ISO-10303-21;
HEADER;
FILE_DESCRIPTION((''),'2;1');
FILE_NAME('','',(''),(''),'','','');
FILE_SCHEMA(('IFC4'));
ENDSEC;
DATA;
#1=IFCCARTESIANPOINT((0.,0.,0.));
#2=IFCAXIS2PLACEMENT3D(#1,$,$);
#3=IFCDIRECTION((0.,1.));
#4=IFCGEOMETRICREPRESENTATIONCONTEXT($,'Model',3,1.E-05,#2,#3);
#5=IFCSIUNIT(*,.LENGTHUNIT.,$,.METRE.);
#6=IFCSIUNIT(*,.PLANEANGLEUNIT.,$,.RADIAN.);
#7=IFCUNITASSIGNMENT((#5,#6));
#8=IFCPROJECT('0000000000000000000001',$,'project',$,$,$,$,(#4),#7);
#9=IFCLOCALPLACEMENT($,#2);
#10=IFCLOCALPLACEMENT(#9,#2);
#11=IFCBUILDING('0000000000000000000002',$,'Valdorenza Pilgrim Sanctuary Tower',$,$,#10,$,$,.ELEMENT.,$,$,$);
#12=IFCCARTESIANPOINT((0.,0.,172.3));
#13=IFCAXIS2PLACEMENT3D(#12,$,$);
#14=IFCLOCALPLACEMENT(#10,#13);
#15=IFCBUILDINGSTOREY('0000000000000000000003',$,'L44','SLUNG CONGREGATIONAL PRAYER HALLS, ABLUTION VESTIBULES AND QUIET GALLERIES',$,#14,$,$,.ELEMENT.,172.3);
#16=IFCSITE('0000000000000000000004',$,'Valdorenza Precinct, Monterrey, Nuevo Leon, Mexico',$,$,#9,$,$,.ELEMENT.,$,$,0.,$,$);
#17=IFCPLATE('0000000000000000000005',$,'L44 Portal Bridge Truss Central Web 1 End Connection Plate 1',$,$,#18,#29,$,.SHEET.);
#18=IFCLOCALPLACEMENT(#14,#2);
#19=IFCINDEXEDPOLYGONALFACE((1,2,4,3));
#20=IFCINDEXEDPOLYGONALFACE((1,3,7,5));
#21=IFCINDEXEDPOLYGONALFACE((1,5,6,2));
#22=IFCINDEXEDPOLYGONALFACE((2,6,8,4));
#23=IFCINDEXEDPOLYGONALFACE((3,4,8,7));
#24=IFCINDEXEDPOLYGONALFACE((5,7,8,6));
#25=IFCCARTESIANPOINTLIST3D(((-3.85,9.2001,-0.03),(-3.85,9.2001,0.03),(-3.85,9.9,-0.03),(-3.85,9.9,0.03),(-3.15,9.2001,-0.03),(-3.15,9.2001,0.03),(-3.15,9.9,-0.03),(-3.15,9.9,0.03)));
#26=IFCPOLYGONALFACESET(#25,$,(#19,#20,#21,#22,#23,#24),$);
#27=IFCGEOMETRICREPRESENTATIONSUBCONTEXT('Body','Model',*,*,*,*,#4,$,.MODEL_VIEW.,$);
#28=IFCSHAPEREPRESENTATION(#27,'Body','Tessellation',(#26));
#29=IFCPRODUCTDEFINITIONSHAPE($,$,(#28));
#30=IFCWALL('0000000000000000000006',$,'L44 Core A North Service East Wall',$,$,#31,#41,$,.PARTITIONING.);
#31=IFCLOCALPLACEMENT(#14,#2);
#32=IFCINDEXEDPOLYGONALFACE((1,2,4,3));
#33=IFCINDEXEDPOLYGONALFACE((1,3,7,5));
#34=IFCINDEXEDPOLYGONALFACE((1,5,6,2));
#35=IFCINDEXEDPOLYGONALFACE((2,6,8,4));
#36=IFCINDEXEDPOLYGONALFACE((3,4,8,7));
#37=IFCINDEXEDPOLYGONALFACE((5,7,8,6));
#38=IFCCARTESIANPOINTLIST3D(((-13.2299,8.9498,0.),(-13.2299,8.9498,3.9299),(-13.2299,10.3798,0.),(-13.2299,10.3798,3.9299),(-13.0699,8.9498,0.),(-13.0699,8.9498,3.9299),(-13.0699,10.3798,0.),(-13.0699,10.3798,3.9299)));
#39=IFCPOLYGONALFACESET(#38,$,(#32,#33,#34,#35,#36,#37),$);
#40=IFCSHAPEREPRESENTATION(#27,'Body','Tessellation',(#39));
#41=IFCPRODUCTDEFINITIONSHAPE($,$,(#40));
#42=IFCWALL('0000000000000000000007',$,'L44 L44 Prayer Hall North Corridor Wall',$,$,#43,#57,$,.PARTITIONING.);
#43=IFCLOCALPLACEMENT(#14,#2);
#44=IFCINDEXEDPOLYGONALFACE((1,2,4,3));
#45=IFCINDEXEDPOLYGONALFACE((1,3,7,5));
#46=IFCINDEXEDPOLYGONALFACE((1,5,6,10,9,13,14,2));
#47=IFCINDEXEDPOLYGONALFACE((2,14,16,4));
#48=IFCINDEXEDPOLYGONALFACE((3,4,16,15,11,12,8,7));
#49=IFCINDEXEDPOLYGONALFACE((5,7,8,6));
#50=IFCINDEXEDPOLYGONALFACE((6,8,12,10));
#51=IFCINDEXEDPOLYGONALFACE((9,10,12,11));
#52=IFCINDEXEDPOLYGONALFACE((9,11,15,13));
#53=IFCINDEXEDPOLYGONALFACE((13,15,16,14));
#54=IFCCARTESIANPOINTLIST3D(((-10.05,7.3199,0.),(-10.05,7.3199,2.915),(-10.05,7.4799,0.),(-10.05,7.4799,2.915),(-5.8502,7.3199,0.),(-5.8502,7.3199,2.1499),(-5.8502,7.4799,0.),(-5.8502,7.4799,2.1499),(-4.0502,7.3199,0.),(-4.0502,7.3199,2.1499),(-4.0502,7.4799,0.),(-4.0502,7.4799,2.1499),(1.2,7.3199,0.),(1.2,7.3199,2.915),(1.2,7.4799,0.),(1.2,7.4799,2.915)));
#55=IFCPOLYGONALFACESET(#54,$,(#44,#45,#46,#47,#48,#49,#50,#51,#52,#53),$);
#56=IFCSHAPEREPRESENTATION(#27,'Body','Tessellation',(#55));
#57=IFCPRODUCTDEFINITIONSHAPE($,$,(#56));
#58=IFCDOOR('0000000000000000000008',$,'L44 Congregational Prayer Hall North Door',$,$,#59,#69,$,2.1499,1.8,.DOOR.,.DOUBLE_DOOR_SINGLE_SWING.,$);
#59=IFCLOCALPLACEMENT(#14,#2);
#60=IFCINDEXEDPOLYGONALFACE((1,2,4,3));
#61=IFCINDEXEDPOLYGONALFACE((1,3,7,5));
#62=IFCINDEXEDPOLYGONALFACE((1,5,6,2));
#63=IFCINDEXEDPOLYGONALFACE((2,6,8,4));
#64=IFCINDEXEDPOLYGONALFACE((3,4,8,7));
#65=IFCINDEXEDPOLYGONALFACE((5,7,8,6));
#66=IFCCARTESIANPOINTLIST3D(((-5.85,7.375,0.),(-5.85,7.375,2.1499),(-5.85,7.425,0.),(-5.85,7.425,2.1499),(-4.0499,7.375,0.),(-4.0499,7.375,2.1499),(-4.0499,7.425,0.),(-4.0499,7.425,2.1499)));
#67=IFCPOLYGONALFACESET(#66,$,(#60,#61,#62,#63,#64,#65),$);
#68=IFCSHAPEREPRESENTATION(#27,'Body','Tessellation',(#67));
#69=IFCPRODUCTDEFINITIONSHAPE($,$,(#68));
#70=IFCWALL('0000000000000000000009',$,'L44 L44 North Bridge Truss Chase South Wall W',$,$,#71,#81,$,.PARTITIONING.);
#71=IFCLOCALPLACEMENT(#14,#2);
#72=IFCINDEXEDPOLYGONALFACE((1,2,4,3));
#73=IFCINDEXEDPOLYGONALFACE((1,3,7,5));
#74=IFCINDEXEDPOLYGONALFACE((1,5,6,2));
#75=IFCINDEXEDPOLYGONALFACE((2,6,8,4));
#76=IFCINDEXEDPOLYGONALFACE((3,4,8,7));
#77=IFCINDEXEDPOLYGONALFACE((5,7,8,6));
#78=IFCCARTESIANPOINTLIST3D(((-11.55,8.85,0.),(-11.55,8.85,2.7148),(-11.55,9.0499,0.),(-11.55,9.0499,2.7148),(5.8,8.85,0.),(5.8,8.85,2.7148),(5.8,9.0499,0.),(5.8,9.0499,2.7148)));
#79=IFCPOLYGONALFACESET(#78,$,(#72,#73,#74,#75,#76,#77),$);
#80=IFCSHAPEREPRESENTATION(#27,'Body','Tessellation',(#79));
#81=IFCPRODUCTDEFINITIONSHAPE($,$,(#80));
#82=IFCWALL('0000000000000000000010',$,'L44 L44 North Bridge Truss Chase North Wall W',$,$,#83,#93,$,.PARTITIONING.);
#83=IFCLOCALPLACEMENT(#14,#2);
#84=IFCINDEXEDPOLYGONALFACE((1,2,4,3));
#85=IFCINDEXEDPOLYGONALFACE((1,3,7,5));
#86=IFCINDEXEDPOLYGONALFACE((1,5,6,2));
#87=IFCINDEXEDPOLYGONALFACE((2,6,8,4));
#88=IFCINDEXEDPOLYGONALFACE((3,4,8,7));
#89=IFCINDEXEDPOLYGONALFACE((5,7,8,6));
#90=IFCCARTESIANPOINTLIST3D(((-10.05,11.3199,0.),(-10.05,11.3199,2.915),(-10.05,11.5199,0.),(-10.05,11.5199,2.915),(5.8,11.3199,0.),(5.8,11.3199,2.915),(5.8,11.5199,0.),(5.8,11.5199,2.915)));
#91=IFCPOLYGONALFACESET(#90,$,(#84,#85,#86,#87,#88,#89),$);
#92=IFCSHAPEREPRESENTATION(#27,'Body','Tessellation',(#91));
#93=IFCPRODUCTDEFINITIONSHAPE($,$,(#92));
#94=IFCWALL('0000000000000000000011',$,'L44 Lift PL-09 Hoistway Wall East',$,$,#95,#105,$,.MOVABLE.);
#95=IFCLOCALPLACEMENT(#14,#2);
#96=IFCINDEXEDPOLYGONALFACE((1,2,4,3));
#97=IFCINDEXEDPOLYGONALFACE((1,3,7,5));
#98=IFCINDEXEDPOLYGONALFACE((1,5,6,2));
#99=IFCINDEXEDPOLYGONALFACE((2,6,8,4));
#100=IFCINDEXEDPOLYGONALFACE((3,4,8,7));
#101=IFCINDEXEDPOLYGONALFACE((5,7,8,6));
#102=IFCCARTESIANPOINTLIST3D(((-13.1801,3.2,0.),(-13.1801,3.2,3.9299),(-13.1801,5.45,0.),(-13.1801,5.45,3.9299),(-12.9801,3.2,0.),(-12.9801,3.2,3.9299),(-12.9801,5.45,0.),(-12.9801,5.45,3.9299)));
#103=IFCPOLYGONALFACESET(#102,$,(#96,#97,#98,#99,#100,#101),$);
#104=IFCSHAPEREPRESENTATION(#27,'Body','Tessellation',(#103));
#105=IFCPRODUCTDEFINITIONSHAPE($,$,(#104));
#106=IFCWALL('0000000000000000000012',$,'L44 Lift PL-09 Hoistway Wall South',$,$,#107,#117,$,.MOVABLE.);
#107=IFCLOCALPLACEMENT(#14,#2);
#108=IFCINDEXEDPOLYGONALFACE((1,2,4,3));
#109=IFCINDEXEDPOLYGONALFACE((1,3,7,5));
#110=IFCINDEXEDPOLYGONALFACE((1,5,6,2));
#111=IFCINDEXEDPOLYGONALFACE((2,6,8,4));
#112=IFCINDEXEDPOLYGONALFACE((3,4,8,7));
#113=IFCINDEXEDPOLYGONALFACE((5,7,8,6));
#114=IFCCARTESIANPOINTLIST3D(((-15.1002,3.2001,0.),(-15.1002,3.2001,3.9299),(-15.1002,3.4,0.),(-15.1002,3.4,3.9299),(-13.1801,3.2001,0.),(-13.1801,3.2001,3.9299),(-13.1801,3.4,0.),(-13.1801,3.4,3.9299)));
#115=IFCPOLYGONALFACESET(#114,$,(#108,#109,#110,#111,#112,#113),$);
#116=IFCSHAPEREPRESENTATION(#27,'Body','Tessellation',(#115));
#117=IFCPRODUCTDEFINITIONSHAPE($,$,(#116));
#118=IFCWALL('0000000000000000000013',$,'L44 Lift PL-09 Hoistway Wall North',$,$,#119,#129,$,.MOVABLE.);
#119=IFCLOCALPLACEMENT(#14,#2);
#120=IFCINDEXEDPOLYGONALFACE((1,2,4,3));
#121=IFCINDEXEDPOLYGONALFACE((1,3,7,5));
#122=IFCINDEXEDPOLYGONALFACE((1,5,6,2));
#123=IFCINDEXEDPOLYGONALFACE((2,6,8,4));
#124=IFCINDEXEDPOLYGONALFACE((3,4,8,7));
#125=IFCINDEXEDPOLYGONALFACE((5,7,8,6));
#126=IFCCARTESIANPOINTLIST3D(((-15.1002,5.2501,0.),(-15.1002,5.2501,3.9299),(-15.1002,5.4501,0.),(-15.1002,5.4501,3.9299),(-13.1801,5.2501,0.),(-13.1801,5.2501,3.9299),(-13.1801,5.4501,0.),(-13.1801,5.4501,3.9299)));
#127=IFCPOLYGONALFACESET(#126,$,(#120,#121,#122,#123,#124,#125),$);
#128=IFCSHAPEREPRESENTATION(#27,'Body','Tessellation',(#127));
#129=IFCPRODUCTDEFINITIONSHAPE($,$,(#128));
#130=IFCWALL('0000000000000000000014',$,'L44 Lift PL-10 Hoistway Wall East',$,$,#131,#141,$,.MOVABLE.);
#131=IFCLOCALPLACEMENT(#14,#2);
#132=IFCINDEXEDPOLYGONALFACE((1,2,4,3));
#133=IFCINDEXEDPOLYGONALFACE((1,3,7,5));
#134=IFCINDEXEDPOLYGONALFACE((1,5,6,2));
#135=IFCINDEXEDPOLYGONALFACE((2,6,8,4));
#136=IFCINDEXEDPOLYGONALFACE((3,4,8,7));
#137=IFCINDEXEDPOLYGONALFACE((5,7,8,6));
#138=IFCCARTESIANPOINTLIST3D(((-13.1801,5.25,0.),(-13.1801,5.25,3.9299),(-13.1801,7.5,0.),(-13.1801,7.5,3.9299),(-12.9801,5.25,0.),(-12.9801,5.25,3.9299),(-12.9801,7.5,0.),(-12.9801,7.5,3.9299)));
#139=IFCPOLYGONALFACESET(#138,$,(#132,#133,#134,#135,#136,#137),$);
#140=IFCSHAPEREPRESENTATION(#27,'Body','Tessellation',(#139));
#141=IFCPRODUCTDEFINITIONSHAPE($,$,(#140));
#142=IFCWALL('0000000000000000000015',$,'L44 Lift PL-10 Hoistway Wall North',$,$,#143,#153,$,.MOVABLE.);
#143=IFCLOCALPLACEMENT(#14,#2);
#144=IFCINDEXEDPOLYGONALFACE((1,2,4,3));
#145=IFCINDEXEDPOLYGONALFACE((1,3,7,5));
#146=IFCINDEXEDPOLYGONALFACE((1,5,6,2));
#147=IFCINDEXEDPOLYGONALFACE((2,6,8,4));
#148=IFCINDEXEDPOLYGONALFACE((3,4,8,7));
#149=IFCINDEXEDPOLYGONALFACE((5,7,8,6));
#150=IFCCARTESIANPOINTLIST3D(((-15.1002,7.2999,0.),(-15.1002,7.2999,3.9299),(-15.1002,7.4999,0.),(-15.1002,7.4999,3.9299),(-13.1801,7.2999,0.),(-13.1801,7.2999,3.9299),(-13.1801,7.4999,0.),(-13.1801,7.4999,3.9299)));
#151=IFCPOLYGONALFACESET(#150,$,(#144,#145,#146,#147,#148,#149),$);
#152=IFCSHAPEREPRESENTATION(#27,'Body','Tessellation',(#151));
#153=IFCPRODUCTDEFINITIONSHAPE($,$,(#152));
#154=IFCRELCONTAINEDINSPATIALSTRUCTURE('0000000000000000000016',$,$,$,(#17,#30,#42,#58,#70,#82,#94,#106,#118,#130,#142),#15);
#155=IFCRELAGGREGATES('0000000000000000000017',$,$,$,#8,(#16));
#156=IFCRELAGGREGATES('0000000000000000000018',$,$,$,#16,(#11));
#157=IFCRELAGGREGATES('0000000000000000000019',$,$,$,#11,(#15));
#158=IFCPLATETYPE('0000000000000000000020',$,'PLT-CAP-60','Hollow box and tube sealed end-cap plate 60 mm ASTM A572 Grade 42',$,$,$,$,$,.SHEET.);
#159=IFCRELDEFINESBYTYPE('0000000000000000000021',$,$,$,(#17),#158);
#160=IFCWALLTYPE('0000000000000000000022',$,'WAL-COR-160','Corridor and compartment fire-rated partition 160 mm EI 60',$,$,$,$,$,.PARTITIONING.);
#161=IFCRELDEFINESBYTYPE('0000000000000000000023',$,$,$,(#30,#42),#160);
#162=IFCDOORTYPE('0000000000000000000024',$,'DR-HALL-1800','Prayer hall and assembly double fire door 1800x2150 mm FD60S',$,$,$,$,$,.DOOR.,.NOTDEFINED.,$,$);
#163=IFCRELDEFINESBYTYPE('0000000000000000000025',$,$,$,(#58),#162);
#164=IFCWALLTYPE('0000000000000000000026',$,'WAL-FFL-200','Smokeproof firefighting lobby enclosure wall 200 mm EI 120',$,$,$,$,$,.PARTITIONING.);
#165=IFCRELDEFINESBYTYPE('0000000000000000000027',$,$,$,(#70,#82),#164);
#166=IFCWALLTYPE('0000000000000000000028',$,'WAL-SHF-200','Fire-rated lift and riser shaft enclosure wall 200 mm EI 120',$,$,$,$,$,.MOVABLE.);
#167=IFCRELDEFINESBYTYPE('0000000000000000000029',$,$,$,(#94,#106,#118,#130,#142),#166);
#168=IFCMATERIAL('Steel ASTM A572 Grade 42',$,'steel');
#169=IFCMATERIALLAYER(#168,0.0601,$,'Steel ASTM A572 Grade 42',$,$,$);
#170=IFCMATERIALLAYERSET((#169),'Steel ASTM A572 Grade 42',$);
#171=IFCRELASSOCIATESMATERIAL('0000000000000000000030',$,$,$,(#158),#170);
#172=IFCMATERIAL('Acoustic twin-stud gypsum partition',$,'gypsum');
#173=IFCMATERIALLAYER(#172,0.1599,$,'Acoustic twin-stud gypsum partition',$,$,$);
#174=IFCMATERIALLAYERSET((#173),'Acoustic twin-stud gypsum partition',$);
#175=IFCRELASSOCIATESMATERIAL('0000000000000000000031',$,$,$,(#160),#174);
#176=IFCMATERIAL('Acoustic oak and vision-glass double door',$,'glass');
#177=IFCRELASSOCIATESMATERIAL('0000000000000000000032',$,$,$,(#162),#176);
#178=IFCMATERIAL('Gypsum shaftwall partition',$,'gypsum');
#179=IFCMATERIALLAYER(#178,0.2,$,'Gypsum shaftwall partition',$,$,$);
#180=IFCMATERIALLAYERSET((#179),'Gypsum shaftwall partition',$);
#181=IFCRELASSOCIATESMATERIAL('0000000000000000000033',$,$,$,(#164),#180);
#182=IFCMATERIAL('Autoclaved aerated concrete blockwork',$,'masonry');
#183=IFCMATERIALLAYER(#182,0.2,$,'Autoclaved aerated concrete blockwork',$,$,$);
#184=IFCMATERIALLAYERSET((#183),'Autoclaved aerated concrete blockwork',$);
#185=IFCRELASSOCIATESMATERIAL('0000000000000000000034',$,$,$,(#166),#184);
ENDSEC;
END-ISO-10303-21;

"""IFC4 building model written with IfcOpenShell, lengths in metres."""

from ifc_helpers import new_model, si_unit, direction, frame, frame_2d, origin, origin_2d, place, context, subcontext, project, spatial, rectangle, extrude, source, transform, mapped, material, layer, layer_set, type_object, element, fill, save


model = new_model("IFC4")

# Units and contexts
model_context = context("Model", 3, precision=1e-05, world=origin(), true_north=direction((0.0, 1.0)))
body_context = subcontext(model_context, "Body", "Model", "MODEL_VIEW")
ifc_project = project(units=[si_unit("LENGTHUNIT", "METRE"), si_unit("PLANEANGLEUNIT", "RADIAN")], contexts=[model_context])

# Site, building, storey
site_placement = place(None, origin())
site = spatial("IfcSite", under=ifc_project, at=site_placement, Name="Valdorenza Precinct, Monterrey, Nuevo Leon, Mexico", CompositionType="ELEMENT", RefElevation=0.0)
building_placement = place(site_placement, origin())
building = spatial("IfcBuilding", under=site, at=building_placement, Name="Valdorenza Pilgrim Sanctuary Tower", CompositionType="ELEMENT")
storey_placement = place(building_placement, frame((0.0, 0.0, 172.3)))
storey = spatial("IfcBuildingStorey", under=building, at=storey_placement, Name="L44", Description="SLUNG CONGREGATIONAL PRAYER HALLS, ABLUTION VESTIBULES AND QUIET GALLERIES", CompositionType="ELEMENT", Elevation=172.3)

# Shared definitions
ifc_material_1 = material(Name="Steel ASTM A572 Grade 42", Category="steel")

# Plate
ifc_layer_1 = layer(ifc_material_1, 0.0601, Name="Steel ASTM A572 Grade 42")
ifc_layer_set_1 = layer_set([ifc_layer_1], Name="Steel ASTM A572 Grade 42")
plate_type_1 = type_object("IfcPlateType", Name="PLT-CAP-60", Description="Hollow box and tube sealed end-cap plate 60 mm ASTM A572 Grade 42", PredefinedType="SHEET", material=ifc_layer_set_1)
shared_shape_1 = source(origin(), body_context, "Body", "SweptSolid", [
    extrude(rectangle(XDim=0.7, YDim=0.7, at=origin_2d()), origin(), (0.0, 0.0, 1.0), 0.0601),
])
plate_1_placement = place(storey_placement, frame((-3.5, 9.55, -0.03), z_axis=(0.0, 0.0, 1.0), x_axis=(1.0, 0.0, 0.0)))
element("IfcPlate", 1, at=plate_1_placement, inside=storey, type_object=plate_type_1, Name="L44 Portal Bridge Truss Central Web 1 End Connection Plate 1", PredefinedType="SHEET", context=body_context, shape_type="MappedRepresentation", body=[
    mapped(shared_shape_1, transform((0.0, 0.0, 0.0), x_axis=(1.0, 0.0, 0.0), y_axis=(0.0, 1.0, 0.0), z_axis=(0.0, 0.0, 1.0), scale=1.0)),
])

# Wall
ifc_material_2 = material(Name="Acoustic twin-stud gypsum partition", Category="gypsum")
ifc_layer_2 = layer(ifc_material_2, 0.1599, Name="Acoustic twin-stud gypsum partition")
ifc_layer_set_2 = layer_set([ifc_layer_2], Name="Acoustic twin-stud gypsum partition")
wall_type_1 = type_object("IfcWallType", Name="WAL-COR-160", Description="Corridor and compartment fire-rated partition 160 mm EI 60", PredefinedType="PARTITIONING", material=ifc_layer_set_2)
wall_1_placement = place(storey_placement, frame((-13.1499, 8.95, 0.0), z_axis=(0.0, 0.0, 1.0), x_axis=(0.0, 1.0, 0.0)))
element("IfcWall", 2, at=wall_1_placement, inside=storey, type_object=wall_type_1, Name="L44 Core A North Service East Wall", PredefinedType="PARTITIONING", context=body_context, shape_type="SweptSolid", body=[
    extrude(rectangle(XDim=1.4299, YDim=0.1599, at=frame_2d((0.7148, 0.0))), origin(), (0.0, 0.0, 1.0), 3.9299),
])

# Wall, opening, door
wall_2_placement = place(storey_placement, frame((-10.05, 7.3999, 0.0), z_axis=(0.0, 0.0, 1.0), x_axis=(1.0, 0.0, 0.0)))
wall_2 = element("IfcWall", 3, at=wall_2_placement, inside=storey, type_object=wall_type_1, Name="L44 L44 Prayer Hall North Corridor Wall", PredefinedType="PARTITIONING", context=body_context, shape_type="SweptSolid", body=[
    extrude(rectangle(XDim=11.25, YDim=0.1599, at=frame_2d((5.625, 0.0))), origin(), (0.0, 0.0, 1.0), 2.915),
])
opening_placement = place(wall_2_placement, frame((4.2, 0.0, 0.0)))
opening = element("IfcOpeningElement", 4, at=opening_placement, cuts=wall_2, PredefinedType="OPENING", context=body_context, shape_type="SweptSolid", body=[
    extrude(rectangle(XDim=1.8, YDim=2.1499, at=frame_2d((0.8999, 1.075))), frame((0.0, 0.0947, 0.0), z_axis=(0.0, -1.0, 0.0), x_axis=(1.0, 0.0, 0.0)), (0.0, 0.0, 1.0), 0.1897),
])
ifc_material_3 = material(Name="Acoustic oak and vision-glass double door", Category="glass")
door_type = type_object("IfcDoorType", Name="DR-HALL-1800", Description="Prayer hall and assembly double fire door 1800x2150 mm FD60S", OperationType="NOTDEFINED", PredefinedType="DOOR", material=ifc_material_3)
door_placement = place(opening_placement, frame((1.8, 0.0, 0.0), z_axis=(0.0, 0.0, 1.0), x_axis=(-1.0, 0.0, 0.0)))
door = element("IfcDoor", 5, at=door_placement, inside=storey, type_object=door_type, Name="L44 Congregational Prayer Hall North Door", OperationType="DOUBLE_DOOR_SINGLE_SWING", OverallHeight=2.1499, OverallWidth=1.8, PredefinedType="DOOR", context=body_context, shape_type="SweptSolid", body=[
    extrude(rectangle(XDim=1.8, YDim=2.1499, at=frame_2d((0.8999, 1.075))), frame((0.0, 0.0249, 0.0), z_axis=(0.0, -1.0, 0.0), x_axis=(1.0, 0.0, 0.0)), (0.0, 0.0, 1.0), 0.05),
])
fill(opening, door)

# Walls
ifc_material_4 = material(Name="Gypsum shaftwall partition", Category="gypsum")
ifc_layer_3 = layer(ifc_material_4, 0.2, Name="Gypsum shaftwall partition")
ifc_layer_set_3 = layer_set([ifc_layer_3], Name="Gypsum shaftwall partition")
wall_type_2 = type_object("IfcWallType", Name="WAL-FFL-200", Description="Smokeproof firefighting lobby enclosure wall 200 mm EI 120", PredefinedType="PARTITIONING", material=ifc_layer_set_3)
wall_3_placement = place(storey_placement, frame((-11.55, 8.95, 0.0), z_axis=(0.0, 0.0, 1.0), x_axis=(1.0, 0.0, 0.0)))
element("IfcWall", 6, at=wall_3_placement, inside=storey, type_object=wall_type_2, Name="L44 L44 North Bridge Truss Chase South Wall W", PredefinedType="PARTITIONING", context=body_context, shape_type="SweptSolid", body=[
    extrude(rectangle(XDim=17.3501, YDim=0.2, at=frame_2d((8.675, 0.0))), origin(), (0.0, 0.0, 1.0), 2.7148),
])
wall_4_placement = place(storey_placement, frame((-10.05, 11.4199, 0.0), z_axis=(0.0, 0.0, 1.0), x_axis=(1.0, 0.0, 0.0)))
element("IfcWall", 7, at=wall_4_placement, inside=storey, type_object=wall_type_2, Name="L44 L44 North Bridge Truss Chase North Wall W", PredefinedType="PARTITIONING", context=body_context, shape_type="SweptSolid", body=[
    extrude(rectangle(XDim=15.8501, YDim=0.2, at=frame_2d((7.925, 0.0))), origin(), (0.0, 0.0, 1.0), 2.915),
])
ifc_material_5 = material(Name="Autoclaved aerated concrete blockwork", Category="masonry")
ifc_layer_4 = layer(ifc_material_5, 0.2, Name="Autoclaved aerated concrete blockwork")
ifc_layer_set_4 = layer_set([ifc_layer_4], Name="Autoclaved aerated concrete blockwork")
wall_type_3 = type_object("IfcWallType", Name="WAL-SHF-200", Description="Fire-rated lift and riser shaft enclosure wall 200 mm EI 120", PredefinedType="MOVABLE", material=ifc_layer_set_4)
wall_5_placement = place(storey_placement, frame((-13.0801, 3.2, 0.0), z_axis=(0.0, 0.0, 1.0), x_axis=(0.0, 1.0, 0.0)))
element("IfcWall", 8, at=wall_5_placement, inside=storey, type_object=wall_type_3, Name="L44 Lift PL-09 Hoistway Wall East", PredefinedType="MOVABLE", context=body_context, shape_type="SweptSolid", body=[
    extrude(rectangle(XDim=2.25, YDim=0.2, at=frame_2d((1.125, 0.0))), origin(), (0.0, 0.0, 1.0), 3.9299),
])
for number, where, z_axis, x_axis, name in (
    (9, (-15.1001, 3.3, 0.0), (0.0, 0.0, 1.0), (1.0, 0.0, 0.0), "L44 Lift PL-09 Hoistway Wall South"),
    (10, (-15.1001, 5.3501, 0.0), (0.0, 0.0, 1.0), (1.0, 0.0, 0.0), "L44 Lift PL-09 Hoistway Wall North"),
):
    element("IfcWall", number, at=place(storey_placement, frame(where, z_axis=z_axis, x_axis=x_axis)), inside=storey, type_object=wall_type_3, Name=name, PredefinedType="MOVABLE", context=body_context, shape_type="SweptSolid", body=[
        extrude(rectangle(XDim=1.9202, YDim=0.2, at=frame_2d((0.96, 0.0))), origin(), (0.0, 0.0, 1.0), 3.9299),
    ])
wall_6_placement = place(storey_placement, frame((-13.0801, 5.25, 0.0), z_axis=(0.0, 0.0, 1.0), x_axis=(0.0, 1.0, 0.0)))
element("IfcWall", 11, at=wall_6_placement, inside=storey, type_object=wall_type_3, Name="L44 Lift PL-10 Hoistway Wall East", PredefinedType="MOVABLE", context=body_context, shape_type="SweptSolid", body=[
    extrude(rectangle(XDim=2.25, YDim=0.2, at=frame_2d((1.125, 0.0))), origin(), (0.0, 0.0, 1.0), 3.9299),
])
wall_7_placement = place(storey_placement, frame((-15.1001, 7.3999, 0.0), z_axis=(0.0, 0.0, 1.0), x_axis=(1.0, 0.0, 0.0)))
element("IfcWall", 12, at=wall_7_placement, inside=storey, type_object=wall_type_3, Name="L44 Lift PL-10 Hoistway Wall North", PredefinedType="MOVABLE", context=body_context, shape_type="SweptSolid", body=[
    extrude(rectangle(XDim=1.9202, YDim=0.2, at=frame_2d((0.96, 0.0))), origin(), (0.0, 0.0, 1.0), 3.9299),
])

save(model, "model.ifc")
